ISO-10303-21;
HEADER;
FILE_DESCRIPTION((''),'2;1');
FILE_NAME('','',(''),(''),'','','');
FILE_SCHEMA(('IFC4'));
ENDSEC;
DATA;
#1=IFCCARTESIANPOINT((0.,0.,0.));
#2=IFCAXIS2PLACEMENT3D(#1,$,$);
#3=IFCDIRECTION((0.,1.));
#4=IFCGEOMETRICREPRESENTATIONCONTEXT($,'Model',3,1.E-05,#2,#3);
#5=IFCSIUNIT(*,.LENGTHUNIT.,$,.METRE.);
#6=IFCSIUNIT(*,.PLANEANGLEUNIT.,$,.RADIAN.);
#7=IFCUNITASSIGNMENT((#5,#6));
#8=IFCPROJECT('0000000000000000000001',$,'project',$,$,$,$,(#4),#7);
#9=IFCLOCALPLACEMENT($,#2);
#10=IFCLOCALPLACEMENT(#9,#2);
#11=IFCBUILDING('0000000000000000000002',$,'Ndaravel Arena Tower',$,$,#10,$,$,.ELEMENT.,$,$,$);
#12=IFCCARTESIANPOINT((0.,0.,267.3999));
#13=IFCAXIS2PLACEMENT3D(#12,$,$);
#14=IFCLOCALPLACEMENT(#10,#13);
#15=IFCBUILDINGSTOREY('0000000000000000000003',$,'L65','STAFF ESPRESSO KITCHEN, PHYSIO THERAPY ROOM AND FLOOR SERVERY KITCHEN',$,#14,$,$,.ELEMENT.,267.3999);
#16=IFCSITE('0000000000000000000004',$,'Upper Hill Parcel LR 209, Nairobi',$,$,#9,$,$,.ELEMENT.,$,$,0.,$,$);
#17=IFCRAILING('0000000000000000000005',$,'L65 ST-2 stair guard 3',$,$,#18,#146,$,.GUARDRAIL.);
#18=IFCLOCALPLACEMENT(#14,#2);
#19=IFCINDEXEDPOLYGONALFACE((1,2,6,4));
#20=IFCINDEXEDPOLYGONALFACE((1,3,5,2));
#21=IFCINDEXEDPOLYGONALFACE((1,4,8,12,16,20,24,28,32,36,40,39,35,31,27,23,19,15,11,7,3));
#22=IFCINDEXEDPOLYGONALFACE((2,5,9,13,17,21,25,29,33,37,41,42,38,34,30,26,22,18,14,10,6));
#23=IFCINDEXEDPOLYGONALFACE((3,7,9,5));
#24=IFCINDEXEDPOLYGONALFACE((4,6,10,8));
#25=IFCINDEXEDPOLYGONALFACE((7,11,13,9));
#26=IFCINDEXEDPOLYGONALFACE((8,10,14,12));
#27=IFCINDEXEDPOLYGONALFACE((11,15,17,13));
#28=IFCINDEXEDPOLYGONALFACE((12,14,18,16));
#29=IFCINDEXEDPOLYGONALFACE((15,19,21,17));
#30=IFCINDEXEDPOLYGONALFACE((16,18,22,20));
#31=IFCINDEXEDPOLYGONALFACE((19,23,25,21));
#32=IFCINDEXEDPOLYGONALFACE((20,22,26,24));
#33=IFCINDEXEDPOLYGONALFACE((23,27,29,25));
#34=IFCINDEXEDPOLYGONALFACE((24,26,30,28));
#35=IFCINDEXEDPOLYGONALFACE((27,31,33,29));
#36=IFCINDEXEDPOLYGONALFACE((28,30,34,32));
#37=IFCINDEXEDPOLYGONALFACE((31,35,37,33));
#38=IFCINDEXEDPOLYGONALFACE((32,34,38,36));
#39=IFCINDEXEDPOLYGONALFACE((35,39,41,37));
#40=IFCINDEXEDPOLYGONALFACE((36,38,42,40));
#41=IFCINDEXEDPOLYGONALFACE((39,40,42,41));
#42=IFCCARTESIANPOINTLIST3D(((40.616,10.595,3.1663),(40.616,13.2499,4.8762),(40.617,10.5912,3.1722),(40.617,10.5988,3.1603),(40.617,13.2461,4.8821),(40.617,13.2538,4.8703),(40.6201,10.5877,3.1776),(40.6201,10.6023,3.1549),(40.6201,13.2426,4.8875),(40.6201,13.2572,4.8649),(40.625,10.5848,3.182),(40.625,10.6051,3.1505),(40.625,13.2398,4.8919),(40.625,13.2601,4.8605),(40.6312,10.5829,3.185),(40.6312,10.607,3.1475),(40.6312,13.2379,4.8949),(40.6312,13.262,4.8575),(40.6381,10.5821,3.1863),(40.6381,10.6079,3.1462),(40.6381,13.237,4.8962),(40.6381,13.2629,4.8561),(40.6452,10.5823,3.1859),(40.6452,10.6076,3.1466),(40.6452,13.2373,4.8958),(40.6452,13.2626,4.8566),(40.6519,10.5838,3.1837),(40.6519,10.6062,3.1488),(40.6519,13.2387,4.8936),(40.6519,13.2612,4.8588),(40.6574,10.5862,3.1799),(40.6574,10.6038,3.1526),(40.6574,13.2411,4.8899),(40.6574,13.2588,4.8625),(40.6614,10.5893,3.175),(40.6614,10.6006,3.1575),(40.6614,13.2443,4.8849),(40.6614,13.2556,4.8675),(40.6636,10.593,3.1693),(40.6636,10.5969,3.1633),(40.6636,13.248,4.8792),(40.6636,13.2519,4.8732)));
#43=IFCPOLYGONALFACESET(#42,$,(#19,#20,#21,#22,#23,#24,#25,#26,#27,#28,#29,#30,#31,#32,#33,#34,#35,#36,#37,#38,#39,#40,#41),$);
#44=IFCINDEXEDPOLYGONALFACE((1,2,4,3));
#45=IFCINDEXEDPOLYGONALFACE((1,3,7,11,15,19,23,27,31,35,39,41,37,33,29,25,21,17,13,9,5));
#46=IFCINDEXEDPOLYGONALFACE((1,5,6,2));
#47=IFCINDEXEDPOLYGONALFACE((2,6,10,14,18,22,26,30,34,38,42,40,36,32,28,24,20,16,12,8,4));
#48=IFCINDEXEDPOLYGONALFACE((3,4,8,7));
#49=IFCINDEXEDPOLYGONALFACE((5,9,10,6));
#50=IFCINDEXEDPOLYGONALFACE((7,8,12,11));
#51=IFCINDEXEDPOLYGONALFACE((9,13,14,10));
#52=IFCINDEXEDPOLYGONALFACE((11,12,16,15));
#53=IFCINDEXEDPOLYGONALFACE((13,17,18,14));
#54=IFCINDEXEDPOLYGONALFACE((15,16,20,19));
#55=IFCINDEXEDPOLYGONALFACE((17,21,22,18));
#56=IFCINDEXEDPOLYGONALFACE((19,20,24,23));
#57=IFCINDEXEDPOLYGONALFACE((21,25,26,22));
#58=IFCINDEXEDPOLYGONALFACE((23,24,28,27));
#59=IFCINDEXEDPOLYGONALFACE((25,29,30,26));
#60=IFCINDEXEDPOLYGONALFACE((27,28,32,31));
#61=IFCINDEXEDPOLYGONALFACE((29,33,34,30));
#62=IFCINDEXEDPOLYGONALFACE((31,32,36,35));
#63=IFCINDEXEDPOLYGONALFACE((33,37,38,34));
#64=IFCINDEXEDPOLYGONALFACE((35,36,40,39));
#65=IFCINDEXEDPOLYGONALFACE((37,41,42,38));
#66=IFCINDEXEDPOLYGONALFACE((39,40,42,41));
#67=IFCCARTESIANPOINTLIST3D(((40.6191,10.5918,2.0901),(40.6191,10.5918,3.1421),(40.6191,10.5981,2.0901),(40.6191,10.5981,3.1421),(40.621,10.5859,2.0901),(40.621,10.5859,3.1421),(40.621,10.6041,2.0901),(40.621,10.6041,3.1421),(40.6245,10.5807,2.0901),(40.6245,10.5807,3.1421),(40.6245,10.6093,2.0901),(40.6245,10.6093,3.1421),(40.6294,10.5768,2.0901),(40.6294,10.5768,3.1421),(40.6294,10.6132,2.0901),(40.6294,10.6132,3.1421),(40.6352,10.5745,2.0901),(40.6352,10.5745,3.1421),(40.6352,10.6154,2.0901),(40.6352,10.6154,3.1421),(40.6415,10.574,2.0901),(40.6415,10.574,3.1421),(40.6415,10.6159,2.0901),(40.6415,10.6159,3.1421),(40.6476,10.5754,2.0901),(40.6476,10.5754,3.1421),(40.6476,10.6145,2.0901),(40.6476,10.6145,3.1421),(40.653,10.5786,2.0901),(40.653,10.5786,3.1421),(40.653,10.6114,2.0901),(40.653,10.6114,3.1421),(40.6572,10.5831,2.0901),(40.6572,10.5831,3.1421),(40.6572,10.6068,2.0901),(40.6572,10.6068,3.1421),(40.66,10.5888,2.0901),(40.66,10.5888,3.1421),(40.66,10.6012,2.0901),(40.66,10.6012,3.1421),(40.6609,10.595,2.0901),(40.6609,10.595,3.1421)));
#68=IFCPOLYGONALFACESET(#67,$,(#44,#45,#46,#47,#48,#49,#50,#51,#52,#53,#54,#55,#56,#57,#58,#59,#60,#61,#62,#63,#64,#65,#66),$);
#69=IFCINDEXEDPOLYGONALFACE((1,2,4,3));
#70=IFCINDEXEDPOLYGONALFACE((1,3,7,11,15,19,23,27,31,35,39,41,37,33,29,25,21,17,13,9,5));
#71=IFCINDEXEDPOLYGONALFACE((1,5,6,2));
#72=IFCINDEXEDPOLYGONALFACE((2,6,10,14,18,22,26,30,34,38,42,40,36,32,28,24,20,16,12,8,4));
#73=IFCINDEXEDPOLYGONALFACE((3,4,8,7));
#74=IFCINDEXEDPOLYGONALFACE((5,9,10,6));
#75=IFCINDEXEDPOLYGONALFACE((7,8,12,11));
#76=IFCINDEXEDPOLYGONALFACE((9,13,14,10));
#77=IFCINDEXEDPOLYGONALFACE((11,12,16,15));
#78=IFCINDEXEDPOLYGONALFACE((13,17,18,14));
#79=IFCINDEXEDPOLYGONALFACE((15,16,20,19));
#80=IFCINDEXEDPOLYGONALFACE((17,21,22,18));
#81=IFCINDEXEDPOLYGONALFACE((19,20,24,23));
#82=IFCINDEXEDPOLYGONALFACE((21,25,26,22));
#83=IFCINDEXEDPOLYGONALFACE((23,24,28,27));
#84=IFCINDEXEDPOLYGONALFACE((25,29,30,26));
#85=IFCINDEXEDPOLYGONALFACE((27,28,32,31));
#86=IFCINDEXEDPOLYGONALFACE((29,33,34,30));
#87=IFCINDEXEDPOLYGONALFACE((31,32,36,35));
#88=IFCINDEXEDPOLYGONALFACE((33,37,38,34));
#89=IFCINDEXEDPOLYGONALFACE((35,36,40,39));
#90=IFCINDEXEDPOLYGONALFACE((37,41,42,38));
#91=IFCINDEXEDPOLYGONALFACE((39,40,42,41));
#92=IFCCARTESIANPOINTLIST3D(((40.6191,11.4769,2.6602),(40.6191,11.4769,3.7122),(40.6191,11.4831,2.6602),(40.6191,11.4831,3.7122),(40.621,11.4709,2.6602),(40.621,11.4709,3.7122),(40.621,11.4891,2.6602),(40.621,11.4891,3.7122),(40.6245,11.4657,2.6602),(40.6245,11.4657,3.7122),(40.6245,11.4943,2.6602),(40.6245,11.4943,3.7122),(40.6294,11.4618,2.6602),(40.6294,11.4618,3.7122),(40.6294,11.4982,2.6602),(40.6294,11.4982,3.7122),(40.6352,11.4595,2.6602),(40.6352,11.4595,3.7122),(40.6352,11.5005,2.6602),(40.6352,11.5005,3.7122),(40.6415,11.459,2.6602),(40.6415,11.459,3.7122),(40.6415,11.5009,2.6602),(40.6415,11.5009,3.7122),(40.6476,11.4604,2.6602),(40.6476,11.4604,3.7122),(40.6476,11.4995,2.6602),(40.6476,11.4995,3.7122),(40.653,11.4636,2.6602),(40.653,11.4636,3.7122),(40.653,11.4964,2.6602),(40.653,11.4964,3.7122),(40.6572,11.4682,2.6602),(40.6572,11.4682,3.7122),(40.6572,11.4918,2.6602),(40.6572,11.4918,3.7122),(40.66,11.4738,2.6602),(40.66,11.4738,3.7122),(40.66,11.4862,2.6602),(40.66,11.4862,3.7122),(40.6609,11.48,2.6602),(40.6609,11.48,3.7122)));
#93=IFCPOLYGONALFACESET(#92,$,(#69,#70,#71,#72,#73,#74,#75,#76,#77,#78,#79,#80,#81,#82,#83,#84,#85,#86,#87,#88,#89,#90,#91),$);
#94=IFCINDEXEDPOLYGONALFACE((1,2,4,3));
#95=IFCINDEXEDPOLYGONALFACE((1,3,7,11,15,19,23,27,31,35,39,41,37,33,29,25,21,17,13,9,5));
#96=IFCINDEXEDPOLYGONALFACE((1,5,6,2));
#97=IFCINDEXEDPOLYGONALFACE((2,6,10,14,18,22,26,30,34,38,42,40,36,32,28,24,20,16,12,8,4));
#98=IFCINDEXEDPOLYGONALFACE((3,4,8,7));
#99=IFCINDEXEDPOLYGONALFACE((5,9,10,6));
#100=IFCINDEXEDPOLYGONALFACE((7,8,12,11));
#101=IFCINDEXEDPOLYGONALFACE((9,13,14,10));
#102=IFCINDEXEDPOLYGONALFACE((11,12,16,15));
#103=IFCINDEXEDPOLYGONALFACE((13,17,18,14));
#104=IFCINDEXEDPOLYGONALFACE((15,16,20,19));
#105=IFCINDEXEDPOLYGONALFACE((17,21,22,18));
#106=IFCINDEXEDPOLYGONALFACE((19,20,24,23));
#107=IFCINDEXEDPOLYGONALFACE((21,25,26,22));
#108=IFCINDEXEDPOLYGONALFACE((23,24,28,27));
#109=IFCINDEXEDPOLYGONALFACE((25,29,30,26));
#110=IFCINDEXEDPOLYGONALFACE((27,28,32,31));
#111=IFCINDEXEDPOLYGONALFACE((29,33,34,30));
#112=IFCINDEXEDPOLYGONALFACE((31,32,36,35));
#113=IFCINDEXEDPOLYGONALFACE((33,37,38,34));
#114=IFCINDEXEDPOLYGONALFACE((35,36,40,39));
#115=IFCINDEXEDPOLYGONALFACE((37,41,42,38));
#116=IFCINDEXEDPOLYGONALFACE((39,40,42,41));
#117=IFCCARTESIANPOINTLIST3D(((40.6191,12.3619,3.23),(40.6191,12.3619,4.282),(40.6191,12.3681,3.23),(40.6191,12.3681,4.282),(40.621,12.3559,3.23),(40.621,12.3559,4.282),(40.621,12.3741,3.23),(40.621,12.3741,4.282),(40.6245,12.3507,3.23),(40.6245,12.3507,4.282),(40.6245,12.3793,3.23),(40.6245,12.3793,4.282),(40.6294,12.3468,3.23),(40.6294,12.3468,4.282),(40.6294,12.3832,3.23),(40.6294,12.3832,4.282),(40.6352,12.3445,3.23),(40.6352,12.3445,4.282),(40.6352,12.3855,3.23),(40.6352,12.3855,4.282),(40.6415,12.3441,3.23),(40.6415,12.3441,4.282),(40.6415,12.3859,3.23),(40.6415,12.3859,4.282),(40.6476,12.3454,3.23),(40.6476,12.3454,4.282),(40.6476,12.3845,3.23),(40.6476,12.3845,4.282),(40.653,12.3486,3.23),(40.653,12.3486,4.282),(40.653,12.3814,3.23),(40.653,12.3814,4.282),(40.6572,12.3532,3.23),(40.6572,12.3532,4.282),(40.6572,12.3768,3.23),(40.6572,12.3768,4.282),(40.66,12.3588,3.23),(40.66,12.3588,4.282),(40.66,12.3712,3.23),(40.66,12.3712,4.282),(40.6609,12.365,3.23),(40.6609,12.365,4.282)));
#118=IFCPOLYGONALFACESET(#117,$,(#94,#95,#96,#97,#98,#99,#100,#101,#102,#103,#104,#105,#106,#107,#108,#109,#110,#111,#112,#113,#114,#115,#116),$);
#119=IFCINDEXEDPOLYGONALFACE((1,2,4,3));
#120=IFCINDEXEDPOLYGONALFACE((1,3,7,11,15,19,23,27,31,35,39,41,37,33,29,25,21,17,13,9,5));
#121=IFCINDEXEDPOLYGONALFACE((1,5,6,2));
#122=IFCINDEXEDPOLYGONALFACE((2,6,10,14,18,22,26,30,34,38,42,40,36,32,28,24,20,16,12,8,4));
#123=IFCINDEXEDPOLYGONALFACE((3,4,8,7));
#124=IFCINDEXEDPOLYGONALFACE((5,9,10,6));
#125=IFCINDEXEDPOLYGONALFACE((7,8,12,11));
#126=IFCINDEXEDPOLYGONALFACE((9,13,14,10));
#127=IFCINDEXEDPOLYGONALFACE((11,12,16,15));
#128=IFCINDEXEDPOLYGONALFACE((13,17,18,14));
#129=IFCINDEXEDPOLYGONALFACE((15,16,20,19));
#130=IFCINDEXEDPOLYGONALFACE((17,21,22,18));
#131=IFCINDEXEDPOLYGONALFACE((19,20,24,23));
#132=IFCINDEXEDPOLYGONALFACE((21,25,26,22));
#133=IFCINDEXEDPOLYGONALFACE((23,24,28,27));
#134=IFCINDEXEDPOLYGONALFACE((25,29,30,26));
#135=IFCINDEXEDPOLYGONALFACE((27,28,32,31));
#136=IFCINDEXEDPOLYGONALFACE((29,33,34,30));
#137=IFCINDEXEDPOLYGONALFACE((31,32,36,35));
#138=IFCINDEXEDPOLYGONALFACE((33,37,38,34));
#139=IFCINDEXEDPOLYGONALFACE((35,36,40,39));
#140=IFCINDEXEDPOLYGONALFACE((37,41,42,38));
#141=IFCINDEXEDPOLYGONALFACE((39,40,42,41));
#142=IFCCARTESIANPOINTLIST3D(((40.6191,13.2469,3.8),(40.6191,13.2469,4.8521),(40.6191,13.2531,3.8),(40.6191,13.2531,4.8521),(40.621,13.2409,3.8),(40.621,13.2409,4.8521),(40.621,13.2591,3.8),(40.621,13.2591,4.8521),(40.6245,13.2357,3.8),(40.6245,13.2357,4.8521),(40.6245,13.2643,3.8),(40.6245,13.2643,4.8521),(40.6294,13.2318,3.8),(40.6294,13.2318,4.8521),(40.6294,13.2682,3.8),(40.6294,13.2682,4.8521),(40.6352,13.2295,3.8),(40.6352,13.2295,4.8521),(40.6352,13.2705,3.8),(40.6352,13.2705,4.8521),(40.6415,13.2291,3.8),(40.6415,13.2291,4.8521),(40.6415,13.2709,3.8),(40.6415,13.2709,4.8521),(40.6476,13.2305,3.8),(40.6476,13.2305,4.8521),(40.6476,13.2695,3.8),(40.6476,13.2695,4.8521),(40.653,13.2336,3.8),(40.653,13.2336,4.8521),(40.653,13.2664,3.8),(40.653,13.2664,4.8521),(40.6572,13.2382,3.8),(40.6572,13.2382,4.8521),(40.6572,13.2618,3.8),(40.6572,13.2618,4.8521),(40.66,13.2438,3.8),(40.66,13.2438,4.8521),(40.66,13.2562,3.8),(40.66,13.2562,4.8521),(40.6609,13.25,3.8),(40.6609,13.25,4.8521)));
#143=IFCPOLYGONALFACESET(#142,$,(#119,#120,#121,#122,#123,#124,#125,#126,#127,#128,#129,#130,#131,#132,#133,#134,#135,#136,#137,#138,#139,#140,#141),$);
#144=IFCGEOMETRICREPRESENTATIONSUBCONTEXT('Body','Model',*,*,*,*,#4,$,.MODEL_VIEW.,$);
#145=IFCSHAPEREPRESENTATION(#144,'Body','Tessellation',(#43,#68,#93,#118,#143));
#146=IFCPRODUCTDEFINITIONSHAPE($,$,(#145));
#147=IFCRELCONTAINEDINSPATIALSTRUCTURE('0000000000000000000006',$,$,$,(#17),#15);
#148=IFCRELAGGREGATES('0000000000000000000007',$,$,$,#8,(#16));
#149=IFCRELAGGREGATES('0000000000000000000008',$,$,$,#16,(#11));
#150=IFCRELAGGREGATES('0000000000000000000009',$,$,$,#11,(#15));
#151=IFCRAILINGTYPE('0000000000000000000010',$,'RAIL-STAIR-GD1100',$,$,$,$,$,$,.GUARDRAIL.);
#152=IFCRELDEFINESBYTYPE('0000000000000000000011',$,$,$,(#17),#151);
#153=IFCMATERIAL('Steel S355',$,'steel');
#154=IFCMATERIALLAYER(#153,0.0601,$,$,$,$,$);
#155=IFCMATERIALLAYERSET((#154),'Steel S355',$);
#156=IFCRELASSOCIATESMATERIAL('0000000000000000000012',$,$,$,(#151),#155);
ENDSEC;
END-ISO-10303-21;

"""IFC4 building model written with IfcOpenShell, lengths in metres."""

from ifc_helpers import new_model, si_unit, direction, frame, origin, origin_2d, place, context, subcontext, project, spatial, circle, extrude, material, layer, layer_set, type_object, element, save


model = new_model("IFC4")

# Units and contexts
model_context = context("Model", 3, precision=1e-05, world=origin(), true_north=direction((0.0, 1.0)))
body_context = subcontext(model_context, "Body", "Model", "MODEL_VIEW")
ifc_project = project(units=[si_unit("LENGTHUNIT", "METRE"), si_unit("PLANEANGLEUNIT", "RADIAN")], contexts=[model_context])

# Site, building, storey
site_placement = place(None, origin())
site = spatial("IfcSite", under=ifc_project, at=site_placement, Name="Upper Hill Parcel LR 209, Nairobi", CompositionType="ELEMENT", RefElevation=0.0)
building_placement = place(site_placement, origin())
building = spatial("IfcBuilding", under=site, at=building_placement, Name="Ndaravel Arena Tower", CompositionType="ELEMENT")
storey_placement = place(building_placement, frame((0.0, 0.0, 267.3999)))
storey = spatial("IfcBuildingStorey", under=building, at=storey_placement, Name="L65", Description="STAFF ESPRESSO KITCHEN, PHYSIO THERAPY ROOM AND FLOOR SERVERY KITCHEN", CompositionType="ELEMENT", Elevation=267.3999)

# Railing
ifc_material_1 = material(Name="Steel S355", Category="steel")
ifc_layer_1 = layer(ifc_material_1, 0.0601)
ifc_layer_set_1 = layer_set([ifc_layer_1], Name="Steel S355")
railing_type_1 = type_object("IfcRailingType", Name="RAIL-STAIR-GD1100", PredefinedType="GUARDRAIL", material=ifc_layer_set_1)
railing_1_placement = place(storey_placement, frame((40.6399, 10.595, 2.0901)))
element("IfcRailing", 1, at=railing_1_placement, inside=storey, type_object=railing_type_1, Name="L65 ST-2 stair guard 3", PredefinedType="GUARDRAIL", context=body_context, shape_type="SweptSolid", body=[
    extrude(circle(Radius=0.0239, at=origin_2d()), frame((0.0, 0.0, 1.0762), z_axis=(0.0, 0.840724, 0.541465), x_axis=(-1.0, 0.0, 0.0)), (0.0, 0.0, 1.0), 3.158),
    extrude(circle(Radius=0.021, at=origin_2d()), origin(), (0.0, 0.0, 1.0), 1.052),
    extrude(circle(Radius=0.021, at=origin_2d()), frame((0.0, 0.885, 0.5701)), (0.0, 0.0, 1.0), 1.052),
    extrude(circle(Radius=0.021, at=origin_2d()), frame((0.0, 1.77, 1.1399)), (0.0, 0.0, 1.0), 1.052),
    extrude(circle(Radius=0.021, at=origin_2d()), frame((0.0, 2.655, 1.71)), (0.0, 0.0, 1.0), 1.052),
])

save(model, "model.ifc")
